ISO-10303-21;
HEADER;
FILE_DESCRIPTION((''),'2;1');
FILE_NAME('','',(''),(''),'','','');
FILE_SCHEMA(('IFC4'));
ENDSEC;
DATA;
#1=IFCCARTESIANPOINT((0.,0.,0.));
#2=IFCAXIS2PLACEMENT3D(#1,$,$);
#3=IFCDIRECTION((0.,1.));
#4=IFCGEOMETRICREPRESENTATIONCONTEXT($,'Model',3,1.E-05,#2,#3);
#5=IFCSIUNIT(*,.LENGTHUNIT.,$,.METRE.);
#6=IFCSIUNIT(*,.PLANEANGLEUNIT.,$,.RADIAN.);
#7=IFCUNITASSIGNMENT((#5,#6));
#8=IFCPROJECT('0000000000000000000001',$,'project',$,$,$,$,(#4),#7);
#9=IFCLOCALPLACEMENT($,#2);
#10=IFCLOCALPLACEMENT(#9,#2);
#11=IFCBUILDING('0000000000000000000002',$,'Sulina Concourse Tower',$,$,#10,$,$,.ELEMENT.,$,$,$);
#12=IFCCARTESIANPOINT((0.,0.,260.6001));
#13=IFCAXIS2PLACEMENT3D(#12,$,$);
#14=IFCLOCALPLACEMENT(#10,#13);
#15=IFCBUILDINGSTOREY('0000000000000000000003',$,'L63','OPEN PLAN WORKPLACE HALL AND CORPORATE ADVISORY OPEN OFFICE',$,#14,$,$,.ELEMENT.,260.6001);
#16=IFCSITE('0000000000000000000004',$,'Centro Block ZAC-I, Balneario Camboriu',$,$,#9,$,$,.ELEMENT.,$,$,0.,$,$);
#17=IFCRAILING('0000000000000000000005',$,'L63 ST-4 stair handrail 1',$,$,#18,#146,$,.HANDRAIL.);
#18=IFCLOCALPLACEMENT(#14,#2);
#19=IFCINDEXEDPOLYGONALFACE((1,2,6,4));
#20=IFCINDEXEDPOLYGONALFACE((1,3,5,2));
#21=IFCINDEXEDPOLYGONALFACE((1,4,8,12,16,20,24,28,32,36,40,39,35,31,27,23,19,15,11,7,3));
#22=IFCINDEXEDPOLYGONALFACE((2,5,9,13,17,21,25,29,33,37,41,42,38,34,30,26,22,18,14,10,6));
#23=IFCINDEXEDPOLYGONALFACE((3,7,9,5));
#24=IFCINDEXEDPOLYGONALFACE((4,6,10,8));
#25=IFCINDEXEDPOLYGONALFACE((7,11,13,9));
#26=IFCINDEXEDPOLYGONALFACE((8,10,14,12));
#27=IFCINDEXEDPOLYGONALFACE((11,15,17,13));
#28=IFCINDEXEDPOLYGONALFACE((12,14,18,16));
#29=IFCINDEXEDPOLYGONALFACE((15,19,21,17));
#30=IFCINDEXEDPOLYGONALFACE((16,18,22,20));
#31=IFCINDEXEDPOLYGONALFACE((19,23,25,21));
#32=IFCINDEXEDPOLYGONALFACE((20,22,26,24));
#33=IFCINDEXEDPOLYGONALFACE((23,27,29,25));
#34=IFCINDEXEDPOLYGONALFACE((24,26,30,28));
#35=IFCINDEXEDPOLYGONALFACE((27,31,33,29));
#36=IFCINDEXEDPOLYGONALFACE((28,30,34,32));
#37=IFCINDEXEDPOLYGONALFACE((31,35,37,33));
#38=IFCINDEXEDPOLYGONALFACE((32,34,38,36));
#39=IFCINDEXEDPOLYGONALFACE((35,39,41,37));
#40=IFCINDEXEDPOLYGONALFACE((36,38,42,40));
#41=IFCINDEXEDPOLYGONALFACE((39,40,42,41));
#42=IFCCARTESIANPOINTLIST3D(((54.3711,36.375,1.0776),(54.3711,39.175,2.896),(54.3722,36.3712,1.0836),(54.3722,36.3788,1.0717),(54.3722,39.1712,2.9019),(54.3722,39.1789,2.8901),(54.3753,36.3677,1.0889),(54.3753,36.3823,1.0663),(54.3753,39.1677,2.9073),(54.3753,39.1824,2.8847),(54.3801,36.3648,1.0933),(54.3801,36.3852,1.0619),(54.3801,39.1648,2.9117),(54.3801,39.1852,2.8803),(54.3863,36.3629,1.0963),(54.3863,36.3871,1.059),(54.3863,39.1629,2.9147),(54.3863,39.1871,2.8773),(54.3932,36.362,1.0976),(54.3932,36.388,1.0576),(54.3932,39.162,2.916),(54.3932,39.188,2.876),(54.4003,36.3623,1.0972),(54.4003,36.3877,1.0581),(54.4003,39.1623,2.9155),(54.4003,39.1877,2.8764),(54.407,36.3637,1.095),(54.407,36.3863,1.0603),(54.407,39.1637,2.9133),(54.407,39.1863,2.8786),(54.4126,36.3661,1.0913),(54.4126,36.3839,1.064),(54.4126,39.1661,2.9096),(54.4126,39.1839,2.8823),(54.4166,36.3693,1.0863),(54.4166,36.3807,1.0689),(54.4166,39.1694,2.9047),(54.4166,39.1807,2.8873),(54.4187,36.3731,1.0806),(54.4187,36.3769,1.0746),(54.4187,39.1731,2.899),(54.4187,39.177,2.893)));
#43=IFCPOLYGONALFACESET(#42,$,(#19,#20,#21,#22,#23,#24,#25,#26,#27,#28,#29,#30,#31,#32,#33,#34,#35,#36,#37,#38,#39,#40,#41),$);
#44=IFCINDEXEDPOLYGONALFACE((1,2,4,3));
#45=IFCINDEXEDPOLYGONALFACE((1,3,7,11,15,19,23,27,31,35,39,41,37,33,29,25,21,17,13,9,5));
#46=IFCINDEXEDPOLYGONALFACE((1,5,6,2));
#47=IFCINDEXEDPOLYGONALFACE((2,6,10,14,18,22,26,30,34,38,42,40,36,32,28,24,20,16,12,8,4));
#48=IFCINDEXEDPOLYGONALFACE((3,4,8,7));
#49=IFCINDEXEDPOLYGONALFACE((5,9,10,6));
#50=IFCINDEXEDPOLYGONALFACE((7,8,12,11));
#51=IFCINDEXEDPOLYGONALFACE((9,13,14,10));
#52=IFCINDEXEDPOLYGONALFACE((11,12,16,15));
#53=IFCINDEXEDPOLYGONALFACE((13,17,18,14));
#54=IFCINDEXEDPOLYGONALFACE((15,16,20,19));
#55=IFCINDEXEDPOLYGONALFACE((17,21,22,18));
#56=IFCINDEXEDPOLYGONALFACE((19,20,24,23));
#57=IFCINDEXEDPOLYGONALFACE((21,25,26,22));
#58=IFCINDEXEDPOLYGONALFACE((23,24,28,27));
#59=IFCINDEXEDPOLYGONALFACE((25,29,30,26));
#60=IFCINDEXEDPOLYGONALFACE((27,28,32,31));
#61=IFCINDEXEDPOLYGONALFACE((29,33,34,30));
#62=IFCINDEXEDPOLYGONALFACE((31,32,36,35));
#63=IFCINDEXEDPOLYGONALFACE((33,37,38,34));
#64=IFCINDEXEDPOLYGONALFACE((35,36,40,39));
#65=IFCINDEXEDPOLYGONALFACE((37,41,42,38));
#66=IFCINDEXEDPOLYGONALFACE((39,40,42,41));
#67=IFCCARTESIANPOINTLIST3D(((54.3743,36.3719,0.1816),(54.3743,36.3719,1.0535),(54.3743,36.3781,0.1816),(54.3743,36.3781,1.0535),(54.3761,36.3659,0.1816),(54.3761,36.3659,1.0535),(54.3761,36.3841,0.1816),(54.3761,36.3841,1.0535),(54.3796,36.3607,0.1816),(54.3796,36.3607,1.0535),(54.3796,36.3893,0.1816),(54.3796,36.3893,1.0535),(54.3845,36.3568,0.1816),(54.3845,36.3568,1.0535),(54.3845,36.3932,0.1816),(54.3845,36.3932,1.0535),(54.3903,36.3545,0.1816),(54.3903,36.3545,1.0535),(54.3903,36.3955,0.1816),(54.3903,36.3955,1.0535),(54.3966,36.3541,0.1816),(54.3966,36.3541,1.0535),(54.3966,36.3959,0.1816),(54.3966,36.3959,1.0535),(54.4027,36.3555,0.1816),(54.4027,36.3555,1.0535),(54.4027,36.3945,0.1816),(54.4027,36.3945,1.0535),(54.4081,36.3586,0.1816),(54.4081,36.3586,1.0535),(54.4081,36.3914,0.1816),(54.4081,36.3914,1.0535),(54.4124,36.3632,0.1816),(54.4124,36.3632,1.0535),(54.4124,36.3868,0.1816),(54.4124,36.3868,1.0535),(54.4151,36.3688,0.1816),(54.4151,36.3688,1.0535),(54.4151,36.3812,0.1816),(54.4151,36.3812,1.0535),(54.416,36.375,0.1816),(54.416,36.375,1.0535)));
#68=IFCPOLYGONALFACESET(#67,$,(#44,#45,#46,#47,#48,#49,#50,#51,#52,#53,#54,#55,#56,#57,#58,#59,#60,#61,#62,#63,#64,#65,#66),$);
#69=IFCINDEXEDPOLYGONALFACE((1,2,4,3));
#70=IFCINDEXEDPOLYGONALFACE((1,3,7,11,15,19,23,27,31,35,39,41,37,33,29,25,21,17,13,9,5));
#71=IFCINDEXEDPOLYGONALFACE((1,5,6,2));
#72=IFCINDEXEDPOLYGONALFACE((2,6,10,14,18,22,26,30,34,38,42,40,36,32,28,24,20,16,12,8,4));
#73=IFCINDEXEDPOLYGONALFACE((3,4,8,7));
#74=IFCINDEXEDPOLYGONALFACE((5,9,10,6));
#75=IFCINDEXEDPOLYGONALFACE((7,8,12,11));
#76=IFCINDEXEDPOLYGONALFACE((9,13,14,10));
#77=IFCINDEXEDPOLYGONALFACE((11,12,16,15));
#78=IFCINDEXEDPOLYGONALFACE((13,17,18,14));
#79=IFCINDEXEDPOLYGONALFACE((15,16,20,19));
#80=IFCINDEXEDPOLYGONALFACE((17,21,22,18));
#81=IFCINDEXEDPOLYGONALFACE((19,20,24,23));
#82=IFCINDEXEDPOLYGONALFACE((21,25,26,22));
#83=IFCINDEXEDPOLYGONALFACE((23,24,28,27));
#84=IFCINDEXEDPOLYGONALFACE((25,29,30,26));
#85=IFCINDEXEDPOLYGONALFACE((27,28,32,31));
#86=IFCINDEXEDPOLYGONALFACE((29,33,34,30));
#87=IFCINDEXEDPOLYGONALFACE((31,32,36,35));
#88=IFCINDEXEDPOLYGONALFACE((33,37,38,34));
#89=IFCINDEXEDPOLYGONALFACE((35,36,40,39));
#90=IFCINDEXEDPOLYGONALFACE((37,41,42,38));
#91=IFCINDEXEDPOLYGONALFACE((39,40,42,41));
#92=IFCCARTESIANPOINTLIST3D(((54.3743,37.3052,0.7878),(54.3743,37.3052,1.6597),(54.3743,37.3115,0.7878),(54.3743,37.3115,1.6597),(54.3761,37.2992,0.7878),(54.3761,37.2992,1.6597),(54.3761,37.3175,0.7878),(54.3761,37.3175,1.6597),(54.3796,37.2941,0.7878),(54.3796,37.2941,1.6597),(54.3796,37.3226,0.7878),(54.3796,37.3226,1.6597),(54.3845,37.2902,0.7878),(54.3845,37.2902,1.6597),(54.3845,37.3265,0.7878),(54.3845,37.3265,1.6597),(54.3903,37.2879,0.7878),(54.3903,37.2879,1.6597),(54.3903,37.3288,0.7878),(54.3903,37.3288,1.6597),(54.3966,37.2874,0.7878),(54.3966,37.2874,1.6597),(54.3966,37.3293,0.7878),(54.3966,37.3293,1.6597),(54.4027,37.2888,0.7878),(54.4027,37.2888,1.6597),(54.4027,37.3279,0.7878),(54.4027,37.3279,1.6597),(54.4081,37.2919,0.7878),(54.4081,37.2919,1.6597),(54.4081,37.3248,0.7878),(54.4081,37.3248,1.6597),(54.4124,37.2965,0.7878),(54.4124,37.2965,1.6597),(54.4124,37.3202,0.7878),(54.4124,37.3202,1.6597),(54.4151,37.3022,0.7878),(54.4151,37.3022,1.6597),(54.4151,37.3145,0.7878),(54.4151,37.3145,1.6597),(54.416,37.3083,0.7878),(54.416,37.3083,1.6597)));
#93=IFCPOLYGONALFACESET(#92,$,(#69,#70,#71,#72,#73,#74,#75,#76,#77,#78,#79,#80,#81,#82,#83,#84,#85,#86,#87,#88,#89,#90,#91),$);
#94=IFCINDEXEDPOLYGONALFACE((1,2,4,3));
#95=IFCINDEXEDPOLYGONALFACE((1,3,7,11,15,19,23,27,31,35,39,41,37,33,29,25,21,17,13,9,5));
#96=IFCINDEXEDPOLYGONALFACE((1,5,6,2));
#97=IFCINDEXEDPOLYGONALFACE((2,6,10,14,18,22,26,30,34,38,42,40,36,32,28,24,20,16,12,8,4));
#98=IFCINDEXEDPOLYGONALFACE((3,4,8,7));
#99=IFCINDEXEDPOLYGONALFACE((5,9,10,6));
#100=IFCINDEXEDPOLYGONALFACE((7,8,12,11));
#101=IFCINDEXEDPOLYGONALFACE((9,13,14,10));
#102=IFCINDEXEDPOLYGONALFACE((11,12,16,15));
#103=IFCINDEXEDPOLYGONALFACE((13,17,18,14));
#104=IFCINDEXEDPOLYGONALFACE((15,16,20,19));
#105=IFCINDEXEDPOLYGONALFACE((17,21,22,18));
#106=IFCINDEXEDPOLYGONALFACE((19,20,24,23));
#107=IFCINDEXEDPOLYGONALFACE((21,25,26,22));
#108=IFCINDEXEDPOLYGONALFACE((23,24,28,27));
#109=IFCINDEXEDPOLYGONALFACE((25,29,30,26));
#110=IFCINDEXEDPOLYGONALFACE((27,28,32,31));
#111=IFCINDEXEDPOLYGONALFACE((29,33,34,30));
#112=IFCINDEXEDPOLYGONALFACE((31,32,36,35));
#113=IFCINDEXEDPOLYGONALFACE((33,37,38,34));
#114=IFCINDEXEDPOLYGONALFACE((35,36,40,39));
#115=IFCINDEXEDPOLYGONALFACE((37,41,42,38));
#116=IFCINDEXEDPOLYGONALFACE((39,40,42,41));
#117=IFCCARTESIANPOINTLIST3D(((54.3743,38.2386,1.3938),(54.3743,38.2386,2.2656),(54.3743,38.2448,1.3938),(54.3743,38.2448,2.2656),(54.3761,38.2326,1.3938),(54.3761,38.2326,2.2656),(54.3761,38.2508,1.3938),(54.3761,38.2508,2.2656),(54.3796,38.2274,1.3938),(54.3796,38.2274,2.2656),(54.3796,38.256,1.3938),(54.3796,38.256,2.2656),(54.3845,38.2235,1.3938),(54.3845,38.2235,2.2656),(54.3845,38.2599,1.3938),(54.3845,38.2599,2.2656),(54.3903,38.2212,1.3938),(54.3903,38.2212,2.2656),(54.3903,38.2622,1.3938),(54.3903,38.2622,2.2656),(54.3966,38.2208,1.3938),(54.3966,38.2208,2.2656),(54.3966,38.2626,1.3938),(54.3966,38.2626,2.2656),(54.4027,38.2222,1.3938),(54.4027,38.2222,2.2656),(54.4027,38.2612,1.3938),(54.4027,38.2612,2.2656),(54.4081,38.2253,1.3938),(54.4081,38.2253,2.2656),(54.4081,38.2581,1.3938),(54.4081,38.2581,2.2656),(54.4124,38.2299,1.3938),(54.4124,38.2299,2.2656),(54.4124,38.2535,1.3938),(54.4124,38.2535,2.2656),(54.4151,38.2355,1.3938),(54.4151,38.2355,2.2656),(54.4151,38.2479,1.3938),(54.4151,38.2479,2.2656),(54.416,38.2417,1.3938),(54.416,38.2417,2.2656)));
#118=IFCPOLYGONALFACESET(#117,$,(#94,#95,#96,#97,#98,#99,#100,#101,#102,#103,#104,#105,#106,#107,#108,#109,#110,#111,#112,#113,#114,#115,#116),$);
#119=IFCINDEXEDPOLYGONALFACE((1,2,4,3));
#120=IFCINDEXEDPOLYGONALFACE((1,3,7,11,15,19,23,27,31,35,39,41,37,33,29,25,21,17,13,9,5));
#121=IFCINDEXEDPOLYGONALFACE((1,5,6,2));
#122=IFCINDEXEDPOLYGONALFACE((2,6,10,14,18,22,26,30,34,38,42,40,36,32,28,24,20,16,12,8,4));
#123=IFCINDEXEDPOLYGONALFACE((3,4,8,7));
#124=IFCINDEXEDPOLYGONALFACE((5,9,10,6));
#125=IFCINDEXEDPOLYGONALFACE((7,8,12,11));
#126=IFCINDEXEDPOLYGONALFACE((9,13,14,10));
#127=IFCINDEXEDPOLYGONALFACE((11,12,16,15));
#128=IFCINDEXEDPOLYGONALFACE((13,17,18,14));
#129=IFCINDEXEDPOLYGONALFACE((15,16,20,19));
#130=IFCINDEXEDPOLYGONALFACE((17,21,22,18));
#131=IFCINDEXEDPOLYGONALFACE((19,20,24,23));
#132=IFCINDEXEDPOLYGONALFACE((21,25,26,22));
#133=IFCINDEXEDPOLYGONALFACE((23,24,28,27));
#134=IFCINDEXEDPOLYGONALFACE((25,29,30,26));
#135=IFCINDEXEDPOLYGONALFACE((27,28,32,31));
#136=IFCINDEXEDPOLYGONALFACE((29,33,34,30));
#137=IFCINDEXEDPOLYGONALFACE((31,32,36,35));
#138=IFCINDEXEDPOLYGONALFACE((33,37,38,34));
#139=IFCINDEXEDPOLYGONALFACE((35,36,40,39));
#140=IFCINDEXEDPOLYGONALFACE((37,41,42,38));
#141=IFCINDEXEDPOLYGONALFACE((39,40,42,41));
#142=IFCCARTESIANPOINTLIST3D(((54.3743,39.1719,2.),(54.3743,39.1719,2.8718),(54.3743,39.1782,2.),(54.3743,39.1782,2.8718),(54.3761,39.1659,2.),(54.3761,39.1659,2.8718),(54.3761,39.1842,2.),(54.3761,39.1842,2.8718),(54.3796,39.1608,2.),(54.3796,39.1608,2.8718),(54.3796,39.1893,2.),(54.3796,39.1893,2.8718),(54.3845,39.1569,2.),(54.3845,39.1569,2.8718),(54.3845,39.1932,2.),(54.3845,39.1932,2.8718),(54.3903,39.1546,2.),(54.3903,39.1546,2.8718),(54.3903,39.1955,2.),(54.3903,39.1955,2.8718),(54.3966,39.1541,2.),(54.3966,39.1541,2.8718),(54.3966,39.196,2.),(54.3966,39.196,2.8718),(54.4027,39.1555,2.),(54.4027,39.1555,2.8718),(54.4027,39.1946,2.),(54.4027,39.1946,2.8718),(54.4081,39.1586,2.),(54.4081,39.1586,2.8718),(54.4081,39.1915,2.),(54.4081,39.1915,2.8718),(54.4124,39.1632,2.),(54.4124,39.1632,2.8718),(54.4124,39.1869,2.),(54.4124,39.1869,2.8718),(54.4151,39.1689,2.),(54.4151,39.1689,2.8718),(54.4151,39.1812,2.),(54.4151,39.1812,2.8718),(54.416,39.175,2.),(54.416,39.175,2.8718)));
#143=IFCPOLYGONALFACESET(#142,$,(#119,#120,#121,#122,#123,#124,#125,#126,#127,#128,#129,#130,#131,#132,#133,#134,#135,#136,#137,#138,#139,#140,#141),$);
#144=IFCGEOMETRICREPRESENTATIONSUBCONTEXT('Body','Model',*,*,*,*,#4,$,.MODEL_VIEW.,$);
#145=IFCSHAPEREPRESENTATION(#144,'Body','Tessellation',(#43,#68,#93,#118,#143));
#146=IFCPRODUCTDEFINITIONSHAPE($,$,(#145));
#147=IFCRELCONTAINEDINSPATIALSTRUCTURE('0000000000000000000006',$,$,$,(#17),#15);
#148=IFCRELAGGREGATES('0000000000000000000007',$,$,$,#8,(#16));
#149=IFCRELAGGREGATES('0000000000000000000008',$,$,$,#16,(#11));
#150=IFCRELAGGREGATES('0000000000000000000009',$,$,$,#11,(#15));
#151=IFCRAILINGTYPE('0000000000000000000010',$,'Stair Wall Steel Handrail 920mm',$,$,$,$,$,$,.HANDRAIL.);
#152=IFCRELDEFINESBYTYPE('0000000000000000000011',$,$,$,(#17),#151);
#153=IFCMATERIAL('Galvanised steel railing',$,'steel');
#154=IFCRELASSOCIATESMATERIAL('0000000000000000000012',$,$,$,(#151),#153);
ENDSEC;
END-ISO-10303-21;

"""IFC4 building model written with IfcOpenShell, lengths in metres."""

from ifc_helpers import new_model, si_unit, direction, frame, origin, origin_2d, place, context, subcontext, project, spatial, circle, extrude, material, type_object, element, save


model = new_model("IFC4")

# Units and contexts
model_context = context("Model", 3, precision=1e-05, world=origin(), true_north=direction((0.0, 1.0)))
body_context = subcontext(model_context, "Body", "Model", "MODEL_VIEW")
ifc_project = project(units=[si_unit("LENGTHUNIT", "METRE"), si_unit("PLANEANGLEUNIT", "RADIAN")], contexts=[model_context])

# Site, building, storey
site_placement = place(None, origin())
site = spatial("IfcSite", under=ifc_project, at=site_placement, Name="Centro Block ZAC-I, Balneario Camboriu", CompositionType="ELEMENT", RefElevation=0.0)
building_placement = place(site_placement, origin())
building = spatial("IfcBuilding", under=site, at=building_placement, Name="Sulina Concourse Tower", CompositionType="ELEMENT")
storey_placement = place(building_placement, frame((0.0, 0.0, 260.6001)))
storey = spatial("IfcBuildingStorey", under=building, at=storey_placement, Name="L63", Description="OPEN PLAN WORKPLACE HALL AND CORPORATE ADVISORY OPEN OFFICE", CompositionType="ELEMENT", Elevation=260.6001)

# Railing
ifc_material_1 = material(Name="Galvanised steel railing", Category="steel")
railing_type_1 = type_object("IfcRailingType", Name="Stair Wall Steel Handrail 920mm", PredefinedType="HANDRAIL", material=ifc_material_1)
railing_1_placement = place(storey_placement, frame((54.395, 36.375, 0.1816)))
element("IfcRailing", 1, at=railing_1_placement, inside=storey, type_object=railing_type_1, Name="L63 ST-4 stair handrail 1", PredefinedType="HANDRAIL", context=body_context, shape_type="SweptSolid", body=[
    extrude(circle(Radius=0.0239, at=origin_2d()), frame((0.0, 0.0, 0.896), z_axis=(0.0, 0.838672, 0.544636), x_axis=(-1.0, 0.0, 0.0)), (0.0, 0.0, 1.0), 3.3386),
    extrude(circle(Radius=0.021, at=origin_2d()), origin(), (0.0, 0.0, 1.0), 0.8718),
    extrude(circle(Radius=0.021, at=origin_2d()), frame((0.0, 0.9333, 0.6062)), (0.0, 0.0, 1.0), 0.8718),
    extrude(circle(Radius=0.021, at=origin_2d()), frame((0.0, 1.8667, 1.2122)), (0.0, 0.0, 1.0), 0.8718),
    extrude(circle(Radius=0.021, at=origin_2d()), frame((0.0, 2.8, 1.8184)), (0.0, 0.0, 1.0), 0.8718),
])

save(model, "model.ifc")
